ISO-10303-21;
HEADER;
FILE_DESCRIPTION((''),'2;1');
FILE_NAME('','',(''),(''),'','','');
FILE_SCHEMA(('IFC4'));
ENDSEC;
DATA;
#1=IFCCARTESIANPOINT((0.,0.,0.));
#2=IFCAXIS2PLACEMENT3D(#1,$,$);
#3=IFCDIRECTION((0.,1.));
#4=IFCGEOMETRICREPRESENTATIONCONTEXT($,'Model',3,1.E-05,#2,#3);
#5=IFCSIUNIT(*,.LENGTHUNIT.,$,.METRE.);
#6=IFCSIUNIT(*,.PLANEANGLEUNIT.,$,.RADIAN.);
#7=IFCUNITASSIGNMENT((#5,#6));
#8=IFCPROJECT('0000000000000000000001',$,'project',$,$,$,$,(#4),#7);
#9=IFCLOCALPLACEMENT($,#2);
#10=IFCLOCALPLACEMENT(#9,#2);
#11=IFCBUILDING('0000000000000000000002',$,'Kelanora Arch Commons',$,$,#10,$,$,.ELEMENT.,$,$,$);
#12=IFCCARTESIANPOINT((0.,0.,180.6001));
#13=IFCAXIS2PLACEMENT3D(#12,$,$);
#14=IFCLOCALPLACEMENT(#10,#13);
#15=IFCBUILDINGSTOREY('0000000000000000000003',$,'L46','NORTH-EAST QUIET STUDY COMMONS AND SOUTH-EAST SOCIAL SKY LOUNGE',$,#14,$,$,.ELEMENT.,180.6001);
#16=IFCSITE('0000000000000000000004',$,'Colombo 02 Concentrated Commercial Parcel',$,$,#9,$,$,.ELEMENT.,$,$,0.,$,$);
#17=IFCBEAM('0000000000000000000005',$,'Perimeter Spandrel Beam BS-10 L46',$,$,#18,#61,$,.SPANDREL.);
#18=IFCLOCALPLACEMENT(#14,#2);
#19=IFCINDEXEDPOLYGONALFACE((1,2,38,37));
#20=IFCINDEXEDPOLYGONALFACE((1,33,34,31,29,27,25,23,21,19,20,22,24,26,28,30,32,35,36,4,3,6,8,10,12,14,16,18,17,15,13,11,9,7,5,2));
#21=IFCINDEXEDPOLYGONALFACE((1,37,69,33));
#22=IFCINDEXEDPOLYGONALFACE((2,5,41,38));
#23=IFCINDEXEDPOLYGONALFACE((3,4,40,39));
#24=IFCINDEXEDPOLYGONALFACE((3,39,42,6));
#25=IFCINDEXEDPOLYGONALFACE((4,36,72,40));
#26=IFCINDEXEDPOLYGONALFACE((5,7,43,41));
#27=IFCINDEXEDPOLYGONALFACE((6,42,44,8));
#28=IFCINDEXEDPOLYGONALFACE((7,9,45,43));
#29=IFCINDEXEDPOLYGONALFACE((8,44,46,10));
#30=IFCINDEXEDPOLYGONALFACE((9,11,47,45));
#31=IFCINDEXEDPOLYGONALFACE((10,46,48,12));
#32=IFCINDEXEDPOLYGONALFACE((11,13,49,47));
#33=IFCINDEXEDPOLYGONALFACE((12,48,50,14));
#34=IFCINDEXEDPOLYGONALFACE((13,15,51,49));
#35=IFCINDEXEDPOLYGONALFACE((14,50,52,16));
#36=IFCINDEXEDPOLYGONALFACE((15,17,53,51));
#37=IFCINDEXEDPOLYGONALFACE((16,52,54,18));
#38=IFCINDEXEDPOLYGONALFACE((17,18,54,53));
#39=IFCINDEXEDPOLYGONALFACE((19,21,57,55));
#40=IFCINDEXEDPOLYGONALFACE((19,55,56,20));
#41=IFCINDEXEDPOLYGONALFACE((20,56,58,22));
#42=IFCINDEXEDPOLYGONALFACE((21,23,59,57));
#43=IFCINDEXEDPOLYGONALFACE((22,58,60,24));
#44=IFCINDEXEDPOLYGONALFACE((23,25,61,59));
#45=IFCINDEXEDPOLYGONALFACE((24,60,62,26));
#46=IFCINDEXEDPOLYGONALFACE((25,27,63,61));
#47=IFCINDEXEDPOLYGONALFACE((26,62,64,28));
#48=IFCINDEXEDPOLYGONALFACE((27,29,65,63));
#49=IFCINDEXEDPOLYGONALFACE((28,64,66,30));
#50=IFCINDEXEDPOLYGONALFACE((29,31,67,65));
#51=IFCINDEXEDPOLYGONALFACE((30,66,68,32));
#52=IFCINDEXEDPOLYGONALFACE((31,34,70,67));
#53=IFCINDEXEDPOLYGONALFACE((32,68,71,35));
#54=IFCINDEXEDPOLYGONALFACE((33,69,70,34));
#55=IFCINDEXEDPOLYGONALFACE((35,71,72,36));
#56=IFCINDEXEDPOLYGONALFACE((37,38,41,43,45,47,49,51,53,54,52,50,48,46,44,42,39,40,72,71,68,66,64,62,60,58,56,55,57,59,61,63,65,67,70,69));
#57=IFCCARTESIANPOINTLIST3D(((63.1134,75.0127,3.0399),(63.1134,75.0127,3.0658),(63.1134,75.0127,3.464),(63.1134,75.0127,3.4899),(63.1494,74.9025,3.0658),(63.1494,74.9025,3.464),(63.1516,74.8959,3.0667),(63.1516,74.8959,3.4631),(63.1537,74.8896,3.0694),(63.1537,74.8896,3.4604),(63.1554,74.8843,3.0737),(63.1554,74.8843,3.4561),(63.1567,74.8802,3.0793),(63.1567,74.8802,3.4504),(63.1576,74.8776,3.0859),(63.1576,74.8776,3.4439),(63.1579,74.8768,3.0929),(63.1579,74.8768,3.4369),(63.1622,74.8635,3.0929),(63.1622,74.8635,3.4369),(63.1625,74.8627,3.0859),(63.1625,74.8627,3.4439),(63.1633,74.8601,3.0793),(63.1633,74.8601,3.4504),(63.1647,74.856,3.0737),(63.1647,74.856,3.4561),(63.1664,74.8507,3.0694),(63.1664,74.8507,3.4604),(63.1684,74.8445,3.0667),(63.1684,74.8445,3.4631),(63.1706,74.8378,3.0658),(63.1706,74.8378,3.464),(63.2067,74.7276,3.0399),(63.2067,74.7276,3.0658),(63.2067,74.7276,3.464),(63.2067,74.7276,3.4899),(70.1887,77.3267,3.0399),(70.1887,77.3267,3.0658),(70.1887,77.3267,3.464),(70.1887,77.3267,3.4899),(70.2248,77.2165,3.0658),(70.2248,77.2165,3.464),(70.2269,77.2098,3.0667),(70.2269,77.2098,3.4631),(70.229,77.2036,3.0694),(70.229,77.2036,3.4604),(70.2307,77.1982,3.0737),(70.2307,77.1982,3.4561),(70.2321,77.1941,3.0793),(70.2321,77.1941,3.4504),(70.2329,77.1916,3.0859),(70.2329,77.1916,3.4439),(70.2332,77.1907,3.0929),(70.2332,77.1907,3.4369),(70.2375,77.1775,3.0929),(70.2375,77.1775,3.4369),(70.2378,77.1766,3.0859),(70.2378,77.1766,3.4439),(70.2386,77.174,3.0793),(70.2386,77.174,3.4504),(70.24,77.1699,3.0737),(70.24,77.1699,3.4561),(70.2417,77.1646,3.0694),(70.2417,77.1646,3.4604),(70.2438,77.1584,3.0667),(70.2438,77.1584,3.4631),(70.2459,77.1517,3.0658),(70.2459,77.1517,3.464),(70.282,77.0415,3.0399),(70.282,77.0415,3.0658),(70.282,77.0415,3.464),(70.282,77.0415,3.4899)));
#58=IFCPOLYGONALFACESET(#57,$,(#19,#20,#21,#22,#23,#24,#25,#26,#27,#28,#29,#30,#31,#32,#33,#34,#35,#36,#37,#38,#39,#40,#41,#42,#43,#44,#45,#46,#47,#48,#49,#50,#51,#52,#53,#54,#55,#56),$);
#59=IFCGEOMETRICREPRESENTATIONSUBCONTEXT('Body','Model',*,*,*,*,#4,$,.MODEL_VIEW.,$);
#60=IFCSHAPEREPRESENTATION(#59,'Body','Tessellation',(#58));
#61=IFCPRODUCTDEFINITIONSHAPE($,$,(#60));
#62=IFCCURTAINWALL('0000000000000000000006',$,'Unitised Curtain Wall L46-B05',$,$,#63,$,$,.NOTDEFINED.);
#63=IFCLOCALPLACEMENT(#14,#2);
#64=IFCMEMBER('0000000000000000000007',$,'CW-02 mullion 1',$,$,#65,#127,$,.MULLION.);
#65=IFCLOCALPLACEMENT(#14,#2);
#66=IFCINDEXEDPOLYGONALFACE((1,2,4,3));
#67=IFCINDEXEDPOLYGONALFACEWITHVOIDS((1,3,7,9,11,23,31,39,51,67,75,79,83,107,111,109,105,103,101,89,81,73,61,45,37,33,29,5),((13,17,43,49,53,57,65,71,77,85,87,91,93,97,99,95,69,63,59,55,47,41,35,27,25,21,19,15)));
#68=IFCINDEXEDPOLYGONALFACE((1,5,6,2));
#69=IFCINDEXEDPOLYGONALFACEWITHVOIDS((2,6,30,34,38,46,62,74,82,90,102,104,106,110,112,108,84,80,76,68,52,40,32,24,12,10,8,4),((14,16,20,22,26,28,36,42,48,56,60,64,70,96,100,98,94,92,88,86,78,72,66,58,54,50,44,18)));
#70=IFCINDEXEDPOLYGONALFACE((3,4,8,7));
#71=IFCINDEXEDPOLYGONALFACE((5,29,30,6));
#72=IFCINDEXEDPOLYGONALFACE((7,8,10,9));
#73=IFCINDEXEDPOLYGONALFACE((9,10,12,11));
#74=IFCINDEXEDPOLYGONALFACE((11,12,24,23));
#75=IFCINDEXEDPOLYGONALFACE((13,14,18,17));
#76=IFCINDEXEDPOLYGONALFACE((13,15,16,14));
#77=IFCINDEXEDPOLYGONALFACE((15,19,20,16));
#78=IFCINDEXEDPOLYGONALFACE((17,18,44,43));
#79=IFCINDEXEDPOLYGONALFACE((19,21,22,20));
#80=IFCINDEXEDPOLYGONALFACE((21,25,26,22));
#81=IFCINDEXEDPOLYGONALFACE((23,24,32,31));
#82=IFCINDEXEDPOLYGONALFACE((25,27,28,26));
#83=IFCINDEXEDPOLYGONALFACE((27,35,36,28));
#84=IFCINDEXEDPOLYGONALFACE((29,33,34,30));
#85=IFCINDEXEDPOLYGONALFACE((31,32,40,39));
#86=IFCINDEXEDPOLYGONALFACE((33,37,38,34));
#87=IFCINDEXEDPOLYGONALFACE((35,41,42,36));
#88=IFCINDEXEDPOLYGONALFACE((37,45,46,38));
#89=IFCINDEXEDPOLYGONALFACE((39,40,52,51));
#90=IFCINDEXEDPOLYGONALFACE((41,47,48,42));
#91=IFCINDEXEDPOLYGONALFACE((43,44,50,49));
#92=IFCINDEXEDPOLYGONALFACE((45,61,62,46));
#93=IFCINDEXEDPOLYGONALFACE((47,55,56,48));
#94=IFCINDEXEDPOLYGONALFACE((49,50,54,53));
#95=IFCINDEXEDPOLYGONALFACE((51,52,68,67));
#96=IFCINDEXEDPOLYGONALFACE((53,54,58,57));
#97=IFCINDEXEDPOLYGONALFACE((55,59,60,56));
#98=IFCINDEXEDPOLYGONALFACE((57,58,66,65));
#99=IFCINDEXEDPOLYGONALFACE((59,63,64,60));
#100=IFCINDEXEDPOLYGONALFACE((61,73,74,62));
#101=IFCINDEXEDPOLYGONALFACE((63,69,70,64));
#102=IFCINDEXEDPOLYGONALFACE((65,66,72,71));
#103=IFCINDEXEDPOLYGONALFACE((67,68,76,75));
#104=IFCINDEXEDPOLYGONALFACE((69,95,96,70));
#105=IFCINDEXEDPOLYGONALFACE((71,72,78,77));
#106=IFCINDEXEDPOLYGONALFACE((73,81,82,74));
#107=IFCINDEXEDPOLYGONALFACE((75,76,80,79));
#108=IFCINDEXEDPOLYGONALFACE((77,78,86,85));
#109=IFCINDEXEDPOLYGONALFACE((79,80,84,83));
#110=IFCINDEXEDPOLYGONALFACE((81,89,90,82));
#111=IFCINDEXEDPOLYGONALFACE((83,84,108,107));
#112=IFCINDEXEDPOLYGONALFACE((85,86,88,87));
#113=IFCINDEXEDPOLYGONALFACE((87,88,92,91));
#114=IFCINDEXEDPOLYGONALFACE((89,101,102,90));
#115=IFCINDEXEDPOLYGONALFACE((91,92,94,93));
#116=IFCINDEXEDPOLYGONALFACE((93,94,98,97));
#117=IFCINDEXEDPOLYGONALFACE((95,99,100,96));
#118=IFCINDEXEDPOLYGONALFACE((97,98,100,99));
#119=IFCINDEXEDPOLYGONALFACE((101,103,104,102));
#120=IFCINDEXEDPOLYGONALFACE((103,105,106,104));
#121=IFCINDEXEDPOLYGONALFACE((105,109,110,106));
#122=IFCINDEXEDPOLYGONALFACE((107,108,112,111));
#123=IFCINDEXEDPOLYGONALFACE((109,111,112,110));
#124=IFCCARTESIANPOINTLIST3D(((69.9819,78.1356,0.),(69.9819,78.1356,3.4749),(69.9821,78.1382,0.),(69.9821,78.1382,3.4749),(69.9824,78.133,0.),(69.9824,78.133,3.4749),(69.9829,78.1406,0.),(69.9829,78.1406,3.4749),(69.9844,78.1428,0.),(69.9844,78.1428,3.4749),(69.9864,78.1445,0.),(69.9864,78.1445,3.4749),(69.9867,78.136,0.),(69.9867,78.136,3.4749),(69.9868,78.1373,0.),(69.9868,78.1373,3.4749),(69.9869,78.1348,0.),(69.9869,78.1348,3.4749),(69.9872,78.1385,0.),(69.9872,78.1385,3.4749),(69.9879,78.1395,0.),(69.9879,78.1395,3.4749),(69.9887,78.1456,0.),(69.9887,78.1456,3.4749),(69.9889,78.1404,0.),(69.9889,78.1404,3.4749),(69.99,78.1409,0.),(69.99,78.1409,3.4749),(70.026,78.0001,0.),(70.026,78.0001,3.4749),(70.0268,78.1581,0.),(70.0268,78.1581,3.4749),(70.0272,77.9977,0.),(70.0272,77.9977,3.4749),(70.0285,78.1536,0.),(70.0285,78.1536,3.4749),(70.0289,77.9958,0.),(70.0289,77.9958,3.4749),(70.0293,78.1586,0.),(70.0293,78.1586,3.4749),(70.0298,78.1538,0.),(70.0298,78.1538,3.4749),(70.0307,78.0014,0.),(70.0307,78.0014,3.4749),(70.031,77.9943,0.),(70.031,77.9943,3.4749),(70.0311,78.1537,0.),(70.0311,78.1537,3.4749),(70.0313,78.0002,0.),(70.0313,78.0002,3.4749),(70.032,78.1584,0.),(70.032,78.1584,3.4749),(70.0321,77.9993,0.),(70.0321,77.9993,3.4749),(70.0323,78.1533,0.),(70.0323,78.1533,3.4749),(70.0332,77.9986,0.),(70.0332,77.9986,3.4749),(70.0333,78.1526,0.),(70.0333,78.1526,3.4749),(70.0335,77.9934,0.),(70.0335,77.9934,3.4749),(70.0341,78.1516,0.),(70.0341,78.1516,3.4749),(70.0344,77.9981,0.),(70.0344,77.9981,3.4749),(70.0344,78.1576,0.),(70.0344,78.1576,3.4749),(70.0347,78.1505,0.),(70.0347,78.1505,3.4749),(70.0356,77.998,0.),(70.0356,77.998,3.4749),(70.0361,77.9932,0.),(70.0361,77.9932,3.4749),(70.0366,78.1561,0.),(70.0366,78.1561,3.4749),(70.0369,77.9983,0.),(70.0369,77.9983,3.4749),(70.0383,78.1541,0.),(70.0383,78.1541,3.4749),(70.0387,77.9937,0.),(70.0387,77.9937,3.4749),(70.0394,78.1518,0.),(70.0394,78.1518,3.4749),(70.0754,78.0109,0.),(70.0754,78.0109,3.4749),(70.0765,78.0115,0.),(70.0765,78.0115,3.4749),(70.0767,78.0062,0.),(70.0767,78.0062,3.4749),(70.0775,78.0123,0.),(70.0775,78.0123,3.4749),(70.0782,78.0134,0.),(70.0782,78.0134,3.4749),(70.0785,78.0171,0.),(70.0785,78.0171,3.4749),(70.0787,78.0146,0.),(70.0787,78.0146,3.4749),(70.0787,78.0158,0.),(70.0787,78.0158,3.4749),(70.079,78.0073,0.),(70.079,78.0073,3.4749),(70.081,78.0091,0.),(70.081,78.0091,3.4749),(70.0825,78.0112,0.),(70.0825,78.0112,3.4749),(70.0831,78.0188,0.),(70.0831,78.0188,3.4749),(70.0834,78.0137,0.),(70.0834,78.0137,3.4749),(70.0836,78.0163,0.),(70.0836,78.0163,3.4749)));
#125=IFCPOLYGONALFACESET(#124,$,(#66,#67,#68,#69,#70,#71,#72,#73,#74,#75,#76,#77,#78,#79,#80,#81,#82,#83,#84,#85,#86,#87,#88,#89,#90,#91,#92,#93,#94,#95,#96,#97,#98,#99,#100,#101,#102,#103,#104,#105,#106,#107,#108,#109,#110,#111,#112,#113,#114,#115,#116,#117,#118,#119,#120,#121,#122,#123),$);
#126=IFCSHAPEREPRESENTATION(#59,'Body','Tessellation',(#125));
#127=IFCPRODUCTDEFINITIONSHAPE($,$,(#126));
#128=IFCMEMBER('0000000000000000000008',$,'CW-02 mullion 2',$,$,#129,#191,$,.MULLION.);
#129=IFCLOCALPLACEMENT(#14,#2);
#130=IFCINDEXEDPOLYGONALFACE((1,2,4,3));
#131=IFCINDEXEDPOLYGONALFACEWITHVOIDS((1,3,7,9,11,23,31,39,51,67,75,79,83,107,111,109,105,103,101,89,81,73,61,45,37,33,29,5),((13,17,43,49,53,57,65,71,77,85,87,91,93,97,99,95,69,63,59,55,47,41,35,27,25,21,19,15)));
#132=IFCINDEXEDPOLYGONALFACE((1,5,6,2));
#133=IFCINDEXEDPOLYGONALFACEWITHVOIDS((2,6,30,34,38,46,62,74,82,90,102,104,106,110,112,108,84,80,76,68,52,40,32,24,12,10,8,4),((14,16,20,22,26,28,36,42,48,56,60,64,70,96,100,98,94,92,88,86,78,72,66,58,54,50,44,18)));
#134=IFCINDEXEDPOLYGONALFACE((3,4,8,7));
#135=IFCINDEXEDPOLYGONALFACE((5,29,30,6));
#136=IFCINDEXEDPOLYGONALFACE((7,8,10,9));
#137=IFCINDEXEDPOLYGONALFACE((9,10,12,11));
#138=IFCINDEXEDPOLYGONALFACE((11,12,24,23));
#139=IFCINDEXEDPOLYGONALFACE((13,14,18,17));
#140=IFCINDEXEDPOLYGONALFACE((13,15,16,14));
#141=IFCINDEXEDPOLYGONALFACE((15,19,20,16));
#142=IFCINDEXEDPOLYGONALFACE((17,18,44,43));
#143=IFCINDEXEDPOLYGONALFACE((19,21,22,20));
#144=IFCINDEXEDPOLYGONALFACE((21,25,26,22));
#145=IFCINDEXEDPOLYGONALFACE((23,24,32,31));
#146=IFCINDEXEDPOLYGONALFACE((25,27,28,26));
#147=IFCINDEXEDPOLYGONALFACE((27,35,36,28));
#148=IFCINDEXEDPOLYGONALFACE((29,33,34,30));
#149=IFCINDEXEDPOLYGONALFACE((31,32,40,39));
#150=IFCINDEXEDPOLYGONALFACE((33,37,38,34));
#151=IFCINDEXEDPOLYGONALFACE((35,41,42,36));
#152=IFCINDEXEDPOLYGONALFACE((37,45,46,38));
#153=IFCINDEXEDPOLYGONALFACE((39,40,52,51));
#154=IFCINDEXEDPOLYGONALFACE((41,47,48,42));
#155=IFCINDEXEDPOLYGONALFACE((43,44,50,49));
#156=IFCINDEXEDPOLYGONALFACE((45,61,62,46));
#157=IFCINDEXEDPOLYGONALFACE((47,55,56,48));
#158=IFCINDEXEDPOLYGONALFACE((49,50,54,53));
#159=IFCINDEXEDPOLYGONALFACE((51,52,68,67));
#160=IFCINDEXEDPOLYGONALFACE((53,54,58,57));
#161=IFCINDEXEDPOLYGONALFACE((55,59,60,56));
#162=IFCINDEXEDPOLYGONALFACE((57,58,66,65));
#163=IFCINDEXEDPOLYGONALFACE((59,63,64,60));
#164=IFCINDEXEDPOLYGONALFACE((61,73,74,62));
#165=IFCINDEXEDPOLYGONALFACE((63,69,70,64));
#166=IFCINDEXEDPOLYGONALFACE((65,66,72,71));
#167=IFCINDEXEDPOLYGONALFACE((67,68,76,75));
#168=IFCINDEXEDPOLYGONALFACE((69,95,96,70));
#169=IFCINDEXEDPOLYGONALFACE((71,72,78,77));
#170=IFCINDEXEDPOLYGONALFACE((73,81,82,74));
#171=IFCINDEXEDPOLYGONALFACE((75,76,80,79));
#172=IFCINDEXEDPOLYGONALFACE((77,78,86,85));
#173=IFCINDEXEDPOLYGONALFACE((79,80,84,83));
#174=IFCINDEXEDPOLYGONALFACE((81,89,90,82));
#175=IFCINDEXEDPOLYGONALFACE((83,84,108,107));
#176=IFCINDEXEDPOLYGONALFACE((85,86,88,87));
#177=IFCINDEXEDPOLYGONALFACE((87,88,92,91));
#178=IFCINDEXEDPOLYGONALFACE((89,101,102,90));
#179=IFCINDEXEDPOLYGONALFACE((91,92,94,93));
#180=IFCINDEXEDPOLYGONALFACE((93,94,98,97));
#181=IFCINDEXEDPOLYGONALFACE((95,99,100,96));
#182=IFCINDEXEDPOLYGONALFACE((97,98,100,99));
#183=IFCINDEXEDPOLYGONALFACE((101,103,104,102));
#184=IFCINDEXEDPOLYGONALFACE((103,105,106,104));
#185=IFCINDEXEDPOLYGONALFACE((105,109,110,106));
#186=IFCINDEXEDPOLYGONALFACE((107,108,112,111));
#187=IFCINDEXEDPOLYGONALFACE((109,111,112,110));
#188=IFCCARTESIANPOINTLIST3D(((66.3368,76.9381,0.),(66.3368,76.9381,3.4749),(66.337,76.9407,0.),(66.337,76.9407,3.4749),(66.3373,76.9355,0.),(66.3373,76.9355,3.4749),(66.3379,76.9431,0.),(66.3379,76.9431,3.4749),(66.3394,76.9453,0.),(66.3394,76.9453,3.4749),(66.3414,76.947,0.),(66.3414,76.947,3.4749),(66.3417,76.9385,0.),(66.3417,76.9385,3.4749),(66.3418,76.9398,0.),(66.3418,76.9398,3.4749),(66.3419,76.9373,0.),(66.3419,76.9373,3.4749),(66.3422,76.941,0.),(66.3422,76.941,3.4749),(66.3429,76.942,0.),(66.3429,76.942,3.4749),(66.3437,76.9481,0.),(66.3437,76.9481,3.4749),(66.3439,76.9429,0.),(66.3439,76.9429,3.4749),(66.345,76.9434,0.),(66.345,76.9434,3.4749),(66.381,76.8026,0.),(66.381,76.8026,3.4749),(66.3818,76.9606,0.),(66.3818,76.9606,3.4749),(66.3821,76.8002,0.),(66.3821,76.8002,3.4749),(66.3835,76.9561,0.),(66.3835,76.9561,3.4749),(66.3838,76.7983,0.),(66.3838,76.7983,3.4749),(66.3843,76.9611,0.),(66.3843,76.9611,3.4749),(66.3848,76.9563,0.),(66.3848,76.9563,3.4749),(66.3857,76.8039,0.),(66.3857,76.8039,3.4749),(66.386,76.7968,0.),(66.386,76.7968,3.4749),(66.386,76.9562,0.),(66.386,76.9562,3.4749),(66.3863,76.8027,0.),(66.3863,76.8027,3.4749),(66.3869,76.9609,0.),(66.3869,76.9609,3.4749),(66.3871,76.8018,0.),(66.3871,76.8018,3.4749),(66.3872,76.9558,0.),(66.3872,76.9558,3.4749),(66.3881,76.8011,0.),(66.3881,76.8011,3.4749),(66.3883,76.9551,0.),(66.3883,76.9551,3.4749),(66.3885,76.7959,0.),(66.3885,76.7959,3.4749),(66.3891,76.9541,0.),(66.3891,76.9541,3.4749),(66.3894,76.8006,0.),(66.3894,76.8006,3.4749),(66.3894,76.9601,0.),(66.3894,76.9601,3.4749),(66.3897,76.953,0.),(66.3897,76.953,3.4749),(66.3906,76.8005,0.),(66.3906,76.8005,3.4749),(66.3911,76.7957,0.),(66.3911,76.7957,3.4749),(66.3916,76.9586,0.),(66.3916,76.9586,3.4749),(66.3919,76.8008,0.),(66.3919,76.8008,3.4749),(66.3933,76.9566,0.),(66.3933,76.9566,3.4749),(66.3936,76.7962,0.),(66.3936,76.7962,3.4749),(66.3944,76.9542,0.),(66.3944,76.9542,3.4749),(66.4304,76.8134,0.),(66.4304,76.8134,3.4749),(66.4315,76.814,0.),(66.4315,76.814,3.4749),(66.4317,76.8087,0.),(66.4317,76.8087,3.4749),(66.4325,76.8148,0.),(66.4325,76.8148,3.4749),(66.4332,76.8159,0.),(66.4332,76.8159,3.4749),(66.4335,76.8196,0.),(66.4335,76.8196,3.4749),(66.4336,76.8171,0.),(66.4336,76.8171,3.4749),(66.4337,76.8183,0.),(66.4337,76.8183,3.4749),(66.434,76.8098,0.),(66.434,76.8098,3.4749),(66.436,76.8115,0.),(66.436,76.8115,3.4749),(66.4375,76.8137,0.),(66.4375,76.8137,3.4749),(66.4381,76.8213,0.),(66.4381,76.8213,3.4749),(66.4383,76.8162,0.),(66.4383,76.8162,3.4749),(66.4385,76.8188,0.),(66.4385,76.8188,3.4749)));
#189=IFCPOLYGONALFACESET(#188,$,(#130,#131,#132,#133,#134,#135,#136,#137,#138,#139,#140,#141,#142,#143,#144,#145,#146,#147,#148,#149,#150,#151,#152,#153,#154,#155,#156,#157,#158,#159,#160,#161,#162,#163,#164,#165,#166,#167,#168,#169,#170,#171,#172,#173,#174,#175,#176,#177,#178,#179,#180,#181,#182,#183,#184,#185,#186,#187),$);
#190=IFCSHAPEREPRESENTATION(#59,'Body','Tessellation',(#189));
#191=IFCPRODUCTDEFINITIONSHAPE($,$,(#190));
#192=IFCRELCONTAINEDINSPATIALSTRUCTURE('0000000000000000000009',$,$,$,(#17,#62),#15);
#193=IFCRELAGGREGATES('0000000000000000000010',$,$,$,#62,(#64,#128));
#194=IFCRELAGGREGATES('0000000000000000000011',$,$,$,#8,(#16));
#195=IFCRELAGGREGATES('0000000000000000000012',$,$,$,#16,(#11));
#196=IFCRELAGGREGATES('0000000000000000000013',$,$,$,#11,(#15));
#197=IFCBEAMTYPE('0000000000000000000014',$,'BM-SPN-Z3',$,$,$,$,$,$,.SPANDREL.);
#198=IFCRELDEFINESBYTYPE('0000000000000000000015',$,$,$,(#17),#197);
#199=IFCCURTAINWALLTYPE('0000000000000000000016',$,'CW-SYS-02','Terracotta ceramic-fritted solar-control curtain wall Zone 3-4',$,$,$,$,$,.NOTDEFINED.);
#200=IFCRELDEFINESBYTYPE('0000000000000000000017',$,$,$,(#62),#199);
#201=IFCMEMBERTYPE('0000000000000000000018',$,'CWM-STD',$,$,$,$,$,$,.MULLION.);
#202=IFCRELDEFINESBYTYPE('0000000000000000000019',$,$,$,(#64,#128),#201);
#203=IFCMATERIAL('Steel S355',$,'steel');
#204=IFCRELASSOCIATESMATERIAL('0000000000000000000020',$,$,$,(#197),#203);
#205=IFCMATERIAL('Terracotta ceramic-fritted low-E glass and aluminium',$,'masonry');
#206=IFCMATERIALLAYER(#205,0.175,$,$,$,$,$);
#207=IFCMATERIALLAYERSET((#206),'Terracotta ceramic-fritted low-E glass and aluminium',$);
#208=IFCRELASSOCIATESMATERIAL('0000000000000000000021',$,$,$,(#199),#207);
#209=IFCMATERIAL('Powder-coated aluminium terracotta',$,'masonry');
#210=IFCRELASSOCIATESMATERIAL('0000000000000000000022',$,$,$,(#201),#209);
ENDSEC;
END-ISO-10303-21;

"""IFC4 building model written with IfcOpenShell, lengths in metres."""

from ifc_helpers import new_model, si_unit, direction, frame, origin, origin_2d, place, context, subcontext, project, spatial, hollow_rectangle, i_section, extrude, material, layer, layer_set, material_profile, profile_set, type_object, element, aggregate, save


model = new_model("IFC4")

# Units and contexts
model_context = context("Model", 3, precision=1e-05, world=origin(), true_north=direction((0.0, 1.0)))
body_context = subcontext(model_context, "Body", "Model", "MODEL_VIEW")
ifc_project = project(units=[si_unit("LENGTHUNIT", "METRE"), si_unit("PLANEANGLEUNIT", "RADIAN")], contexts=[model_context])

# Site, building, storey
site_placement = place(None, origin())
site = spatial("IfcSite", under=ifc_project, at=site_placement, Name="Colombo 02 Concentrated Commercial Parcel", CompositionType="ELEMENT", RefElevation=0.0)
building_placement = place(site_placement, origin())
building = spatial("IfcBuilding", under=site, at=building_placement, Name="Kelanora Arch Commons", CompositionType="ELEMENT")
storey_placement = place(building_placement, frame((0.0, 0.0, 180.6001)))
storey = spatial("IfcBuildingStorey", under=building, at=storey_placement, Name="L46", Description="NORTH-EAST QUIET STUDY COMMONS AND SOUTH-EAST SOCIAL SKY LOUNGE", CompositionType="ELEMENT", Elevation=180.6001)

# Beam
ifc_material_1 = material(Name="Steel S355", Category="steel")
ifc_material_profile_1 = material_profile(ifc_material_1, i_section(OverallWidth=0.3, OverallDepth=0.45, WebThickness=0.0139, FlangeThickness=0.0259, FilletRadius=0.0271, at=origin_2d()), Name="HEB450")
ifc_profile_set_1 = profile_set([ifc_material_profile_1], Name="Steel S355")
beam_type_1 = type_object("IfcBeamType", Name="BM-SPN-Z3", PredefinedType="SPANDREL", material=ifc_profile_set_1)
beam_1_placement = place(storey_placement, frame((70.2354, 77.1841, 3.2649), z_axis=(-0.950462, -0.310841, 0.0), x_axis=(0.310841, -0.950462, 0.0)))
element("IfcBeam", 1, at=beam_1_placement, inside=storey, type_object=beam_type_1, Name="Perimeter Spandrel Beam BS-10 L46", PredefinedType="SPANDREL", context=body_context, shape_type="SweptSolid", body=[
    extrude(i_section(OverallWidth=0.3, OverallDepth=0.45, WebThickness=0.0139, FlangeThickness=0.0259, FilletRadius=0.0271, at=origin_2d()), origin(), (0.0, 0.0, 1.0), 7.4441),
])

# Curtain wall, members
ifc_material_2 = material(Name="Terracotta ceramic-fritted low-E glass and aluminium", Category="masonry")
ifc_layer_1 = layer(ifc_material_2, 0.175)
ifc_layer_set_1 = layer_set([ifc_layer_1], Name="Terracotta ceramic-fritted low-E glass and aluminium")
curtain_wall_type = type_object("IfcCurtainWallType", Name="CW-SYS-02", Description="Terracotta ceramic-fritted solar-control curtain wall Zone 3-4", PredefinedType="NOTDEFINED", material=ifc_layer_set_1)
curtain_wall_placement = place(storey_placement, origin())
curtain_wall = element("IfcCurtainWall", 2, at=curtain_wall_placement, inside=storey, type_object=curtain_wall_type, Name="Unitised Curtain Wall L46-B05", PredefinedType="NOTDEFINED")
ifc_material_3 = material(Name="Powder-coated aluminium terracotta", Category="masonry")
ifc_material_profile_2 = material_profile(ifc_material_3, hollow_rectangle(XDim=0.1599, YDim=0.0601, WallThickness=0.0049, InnerFilletRadius=0.0049, OuterFilletRadius=0.01, at=origin_2d()), Name="CWM160x60")
ifc_profile_set_2 = profile_set([ifc_material_profile_2], Name="Powder-coated aluminium terracotta")
member_type_1 = type_object("IfcMemberType", Name="CWM-STD", PredefinedType="MULLION", material=ifc_profile_set_2)
member_1_placement = place(storey_placement, frame((70.0327, 78.0759, 0.0), z_axis=(0.0, 0.0, 1.0), x_axis=(0.312128, -0.95004, 0.0)))
member_1 = element("IfcMember", 3, at=member_1_placement, type_object=member_type_1, Name="CW-02 mullion 1", PredefinedType="MULLION", context=body_context, shape_type="SweptSolid", body=[
    extrude(hollow_rectangle(XDim=0.1599, YDim=0.0601, WallThickness=0.0049, InnerFilletRadius=0.0049, OuterFilletRadius=0.01, at=origin_2d()), origin(), (0.0, 0.0, 1.0), 3.4749),
])
member_2_placement = place(storey_placement, frame((66.3877, 76.8784, 0.0), z_axis=(0.0, 0.0, 1.0), x_axis=(0.312128, -0.95004, 0.0)))
member_2 = element("IfcMember", 4, at=member_2_placement, type_object=member_type_1, Name="CW-02 mullion 2", PredefinedType="MULLION", context=body_context, shape_type="SweptSolid", body=[
    extrude(hollow_rectangle(XDim=0.1599, YDim=0.0601, WallThickness=0.0049, InnerFilletRadius=0.0049, OuterFilletRadius=0.01, at=origin_2d()), origin(), (0.0, 0.0, 1.0), 3.4749),
])
aggregate(curtain_wall, [member_1, member_2])

save(model, "model.ifc")
